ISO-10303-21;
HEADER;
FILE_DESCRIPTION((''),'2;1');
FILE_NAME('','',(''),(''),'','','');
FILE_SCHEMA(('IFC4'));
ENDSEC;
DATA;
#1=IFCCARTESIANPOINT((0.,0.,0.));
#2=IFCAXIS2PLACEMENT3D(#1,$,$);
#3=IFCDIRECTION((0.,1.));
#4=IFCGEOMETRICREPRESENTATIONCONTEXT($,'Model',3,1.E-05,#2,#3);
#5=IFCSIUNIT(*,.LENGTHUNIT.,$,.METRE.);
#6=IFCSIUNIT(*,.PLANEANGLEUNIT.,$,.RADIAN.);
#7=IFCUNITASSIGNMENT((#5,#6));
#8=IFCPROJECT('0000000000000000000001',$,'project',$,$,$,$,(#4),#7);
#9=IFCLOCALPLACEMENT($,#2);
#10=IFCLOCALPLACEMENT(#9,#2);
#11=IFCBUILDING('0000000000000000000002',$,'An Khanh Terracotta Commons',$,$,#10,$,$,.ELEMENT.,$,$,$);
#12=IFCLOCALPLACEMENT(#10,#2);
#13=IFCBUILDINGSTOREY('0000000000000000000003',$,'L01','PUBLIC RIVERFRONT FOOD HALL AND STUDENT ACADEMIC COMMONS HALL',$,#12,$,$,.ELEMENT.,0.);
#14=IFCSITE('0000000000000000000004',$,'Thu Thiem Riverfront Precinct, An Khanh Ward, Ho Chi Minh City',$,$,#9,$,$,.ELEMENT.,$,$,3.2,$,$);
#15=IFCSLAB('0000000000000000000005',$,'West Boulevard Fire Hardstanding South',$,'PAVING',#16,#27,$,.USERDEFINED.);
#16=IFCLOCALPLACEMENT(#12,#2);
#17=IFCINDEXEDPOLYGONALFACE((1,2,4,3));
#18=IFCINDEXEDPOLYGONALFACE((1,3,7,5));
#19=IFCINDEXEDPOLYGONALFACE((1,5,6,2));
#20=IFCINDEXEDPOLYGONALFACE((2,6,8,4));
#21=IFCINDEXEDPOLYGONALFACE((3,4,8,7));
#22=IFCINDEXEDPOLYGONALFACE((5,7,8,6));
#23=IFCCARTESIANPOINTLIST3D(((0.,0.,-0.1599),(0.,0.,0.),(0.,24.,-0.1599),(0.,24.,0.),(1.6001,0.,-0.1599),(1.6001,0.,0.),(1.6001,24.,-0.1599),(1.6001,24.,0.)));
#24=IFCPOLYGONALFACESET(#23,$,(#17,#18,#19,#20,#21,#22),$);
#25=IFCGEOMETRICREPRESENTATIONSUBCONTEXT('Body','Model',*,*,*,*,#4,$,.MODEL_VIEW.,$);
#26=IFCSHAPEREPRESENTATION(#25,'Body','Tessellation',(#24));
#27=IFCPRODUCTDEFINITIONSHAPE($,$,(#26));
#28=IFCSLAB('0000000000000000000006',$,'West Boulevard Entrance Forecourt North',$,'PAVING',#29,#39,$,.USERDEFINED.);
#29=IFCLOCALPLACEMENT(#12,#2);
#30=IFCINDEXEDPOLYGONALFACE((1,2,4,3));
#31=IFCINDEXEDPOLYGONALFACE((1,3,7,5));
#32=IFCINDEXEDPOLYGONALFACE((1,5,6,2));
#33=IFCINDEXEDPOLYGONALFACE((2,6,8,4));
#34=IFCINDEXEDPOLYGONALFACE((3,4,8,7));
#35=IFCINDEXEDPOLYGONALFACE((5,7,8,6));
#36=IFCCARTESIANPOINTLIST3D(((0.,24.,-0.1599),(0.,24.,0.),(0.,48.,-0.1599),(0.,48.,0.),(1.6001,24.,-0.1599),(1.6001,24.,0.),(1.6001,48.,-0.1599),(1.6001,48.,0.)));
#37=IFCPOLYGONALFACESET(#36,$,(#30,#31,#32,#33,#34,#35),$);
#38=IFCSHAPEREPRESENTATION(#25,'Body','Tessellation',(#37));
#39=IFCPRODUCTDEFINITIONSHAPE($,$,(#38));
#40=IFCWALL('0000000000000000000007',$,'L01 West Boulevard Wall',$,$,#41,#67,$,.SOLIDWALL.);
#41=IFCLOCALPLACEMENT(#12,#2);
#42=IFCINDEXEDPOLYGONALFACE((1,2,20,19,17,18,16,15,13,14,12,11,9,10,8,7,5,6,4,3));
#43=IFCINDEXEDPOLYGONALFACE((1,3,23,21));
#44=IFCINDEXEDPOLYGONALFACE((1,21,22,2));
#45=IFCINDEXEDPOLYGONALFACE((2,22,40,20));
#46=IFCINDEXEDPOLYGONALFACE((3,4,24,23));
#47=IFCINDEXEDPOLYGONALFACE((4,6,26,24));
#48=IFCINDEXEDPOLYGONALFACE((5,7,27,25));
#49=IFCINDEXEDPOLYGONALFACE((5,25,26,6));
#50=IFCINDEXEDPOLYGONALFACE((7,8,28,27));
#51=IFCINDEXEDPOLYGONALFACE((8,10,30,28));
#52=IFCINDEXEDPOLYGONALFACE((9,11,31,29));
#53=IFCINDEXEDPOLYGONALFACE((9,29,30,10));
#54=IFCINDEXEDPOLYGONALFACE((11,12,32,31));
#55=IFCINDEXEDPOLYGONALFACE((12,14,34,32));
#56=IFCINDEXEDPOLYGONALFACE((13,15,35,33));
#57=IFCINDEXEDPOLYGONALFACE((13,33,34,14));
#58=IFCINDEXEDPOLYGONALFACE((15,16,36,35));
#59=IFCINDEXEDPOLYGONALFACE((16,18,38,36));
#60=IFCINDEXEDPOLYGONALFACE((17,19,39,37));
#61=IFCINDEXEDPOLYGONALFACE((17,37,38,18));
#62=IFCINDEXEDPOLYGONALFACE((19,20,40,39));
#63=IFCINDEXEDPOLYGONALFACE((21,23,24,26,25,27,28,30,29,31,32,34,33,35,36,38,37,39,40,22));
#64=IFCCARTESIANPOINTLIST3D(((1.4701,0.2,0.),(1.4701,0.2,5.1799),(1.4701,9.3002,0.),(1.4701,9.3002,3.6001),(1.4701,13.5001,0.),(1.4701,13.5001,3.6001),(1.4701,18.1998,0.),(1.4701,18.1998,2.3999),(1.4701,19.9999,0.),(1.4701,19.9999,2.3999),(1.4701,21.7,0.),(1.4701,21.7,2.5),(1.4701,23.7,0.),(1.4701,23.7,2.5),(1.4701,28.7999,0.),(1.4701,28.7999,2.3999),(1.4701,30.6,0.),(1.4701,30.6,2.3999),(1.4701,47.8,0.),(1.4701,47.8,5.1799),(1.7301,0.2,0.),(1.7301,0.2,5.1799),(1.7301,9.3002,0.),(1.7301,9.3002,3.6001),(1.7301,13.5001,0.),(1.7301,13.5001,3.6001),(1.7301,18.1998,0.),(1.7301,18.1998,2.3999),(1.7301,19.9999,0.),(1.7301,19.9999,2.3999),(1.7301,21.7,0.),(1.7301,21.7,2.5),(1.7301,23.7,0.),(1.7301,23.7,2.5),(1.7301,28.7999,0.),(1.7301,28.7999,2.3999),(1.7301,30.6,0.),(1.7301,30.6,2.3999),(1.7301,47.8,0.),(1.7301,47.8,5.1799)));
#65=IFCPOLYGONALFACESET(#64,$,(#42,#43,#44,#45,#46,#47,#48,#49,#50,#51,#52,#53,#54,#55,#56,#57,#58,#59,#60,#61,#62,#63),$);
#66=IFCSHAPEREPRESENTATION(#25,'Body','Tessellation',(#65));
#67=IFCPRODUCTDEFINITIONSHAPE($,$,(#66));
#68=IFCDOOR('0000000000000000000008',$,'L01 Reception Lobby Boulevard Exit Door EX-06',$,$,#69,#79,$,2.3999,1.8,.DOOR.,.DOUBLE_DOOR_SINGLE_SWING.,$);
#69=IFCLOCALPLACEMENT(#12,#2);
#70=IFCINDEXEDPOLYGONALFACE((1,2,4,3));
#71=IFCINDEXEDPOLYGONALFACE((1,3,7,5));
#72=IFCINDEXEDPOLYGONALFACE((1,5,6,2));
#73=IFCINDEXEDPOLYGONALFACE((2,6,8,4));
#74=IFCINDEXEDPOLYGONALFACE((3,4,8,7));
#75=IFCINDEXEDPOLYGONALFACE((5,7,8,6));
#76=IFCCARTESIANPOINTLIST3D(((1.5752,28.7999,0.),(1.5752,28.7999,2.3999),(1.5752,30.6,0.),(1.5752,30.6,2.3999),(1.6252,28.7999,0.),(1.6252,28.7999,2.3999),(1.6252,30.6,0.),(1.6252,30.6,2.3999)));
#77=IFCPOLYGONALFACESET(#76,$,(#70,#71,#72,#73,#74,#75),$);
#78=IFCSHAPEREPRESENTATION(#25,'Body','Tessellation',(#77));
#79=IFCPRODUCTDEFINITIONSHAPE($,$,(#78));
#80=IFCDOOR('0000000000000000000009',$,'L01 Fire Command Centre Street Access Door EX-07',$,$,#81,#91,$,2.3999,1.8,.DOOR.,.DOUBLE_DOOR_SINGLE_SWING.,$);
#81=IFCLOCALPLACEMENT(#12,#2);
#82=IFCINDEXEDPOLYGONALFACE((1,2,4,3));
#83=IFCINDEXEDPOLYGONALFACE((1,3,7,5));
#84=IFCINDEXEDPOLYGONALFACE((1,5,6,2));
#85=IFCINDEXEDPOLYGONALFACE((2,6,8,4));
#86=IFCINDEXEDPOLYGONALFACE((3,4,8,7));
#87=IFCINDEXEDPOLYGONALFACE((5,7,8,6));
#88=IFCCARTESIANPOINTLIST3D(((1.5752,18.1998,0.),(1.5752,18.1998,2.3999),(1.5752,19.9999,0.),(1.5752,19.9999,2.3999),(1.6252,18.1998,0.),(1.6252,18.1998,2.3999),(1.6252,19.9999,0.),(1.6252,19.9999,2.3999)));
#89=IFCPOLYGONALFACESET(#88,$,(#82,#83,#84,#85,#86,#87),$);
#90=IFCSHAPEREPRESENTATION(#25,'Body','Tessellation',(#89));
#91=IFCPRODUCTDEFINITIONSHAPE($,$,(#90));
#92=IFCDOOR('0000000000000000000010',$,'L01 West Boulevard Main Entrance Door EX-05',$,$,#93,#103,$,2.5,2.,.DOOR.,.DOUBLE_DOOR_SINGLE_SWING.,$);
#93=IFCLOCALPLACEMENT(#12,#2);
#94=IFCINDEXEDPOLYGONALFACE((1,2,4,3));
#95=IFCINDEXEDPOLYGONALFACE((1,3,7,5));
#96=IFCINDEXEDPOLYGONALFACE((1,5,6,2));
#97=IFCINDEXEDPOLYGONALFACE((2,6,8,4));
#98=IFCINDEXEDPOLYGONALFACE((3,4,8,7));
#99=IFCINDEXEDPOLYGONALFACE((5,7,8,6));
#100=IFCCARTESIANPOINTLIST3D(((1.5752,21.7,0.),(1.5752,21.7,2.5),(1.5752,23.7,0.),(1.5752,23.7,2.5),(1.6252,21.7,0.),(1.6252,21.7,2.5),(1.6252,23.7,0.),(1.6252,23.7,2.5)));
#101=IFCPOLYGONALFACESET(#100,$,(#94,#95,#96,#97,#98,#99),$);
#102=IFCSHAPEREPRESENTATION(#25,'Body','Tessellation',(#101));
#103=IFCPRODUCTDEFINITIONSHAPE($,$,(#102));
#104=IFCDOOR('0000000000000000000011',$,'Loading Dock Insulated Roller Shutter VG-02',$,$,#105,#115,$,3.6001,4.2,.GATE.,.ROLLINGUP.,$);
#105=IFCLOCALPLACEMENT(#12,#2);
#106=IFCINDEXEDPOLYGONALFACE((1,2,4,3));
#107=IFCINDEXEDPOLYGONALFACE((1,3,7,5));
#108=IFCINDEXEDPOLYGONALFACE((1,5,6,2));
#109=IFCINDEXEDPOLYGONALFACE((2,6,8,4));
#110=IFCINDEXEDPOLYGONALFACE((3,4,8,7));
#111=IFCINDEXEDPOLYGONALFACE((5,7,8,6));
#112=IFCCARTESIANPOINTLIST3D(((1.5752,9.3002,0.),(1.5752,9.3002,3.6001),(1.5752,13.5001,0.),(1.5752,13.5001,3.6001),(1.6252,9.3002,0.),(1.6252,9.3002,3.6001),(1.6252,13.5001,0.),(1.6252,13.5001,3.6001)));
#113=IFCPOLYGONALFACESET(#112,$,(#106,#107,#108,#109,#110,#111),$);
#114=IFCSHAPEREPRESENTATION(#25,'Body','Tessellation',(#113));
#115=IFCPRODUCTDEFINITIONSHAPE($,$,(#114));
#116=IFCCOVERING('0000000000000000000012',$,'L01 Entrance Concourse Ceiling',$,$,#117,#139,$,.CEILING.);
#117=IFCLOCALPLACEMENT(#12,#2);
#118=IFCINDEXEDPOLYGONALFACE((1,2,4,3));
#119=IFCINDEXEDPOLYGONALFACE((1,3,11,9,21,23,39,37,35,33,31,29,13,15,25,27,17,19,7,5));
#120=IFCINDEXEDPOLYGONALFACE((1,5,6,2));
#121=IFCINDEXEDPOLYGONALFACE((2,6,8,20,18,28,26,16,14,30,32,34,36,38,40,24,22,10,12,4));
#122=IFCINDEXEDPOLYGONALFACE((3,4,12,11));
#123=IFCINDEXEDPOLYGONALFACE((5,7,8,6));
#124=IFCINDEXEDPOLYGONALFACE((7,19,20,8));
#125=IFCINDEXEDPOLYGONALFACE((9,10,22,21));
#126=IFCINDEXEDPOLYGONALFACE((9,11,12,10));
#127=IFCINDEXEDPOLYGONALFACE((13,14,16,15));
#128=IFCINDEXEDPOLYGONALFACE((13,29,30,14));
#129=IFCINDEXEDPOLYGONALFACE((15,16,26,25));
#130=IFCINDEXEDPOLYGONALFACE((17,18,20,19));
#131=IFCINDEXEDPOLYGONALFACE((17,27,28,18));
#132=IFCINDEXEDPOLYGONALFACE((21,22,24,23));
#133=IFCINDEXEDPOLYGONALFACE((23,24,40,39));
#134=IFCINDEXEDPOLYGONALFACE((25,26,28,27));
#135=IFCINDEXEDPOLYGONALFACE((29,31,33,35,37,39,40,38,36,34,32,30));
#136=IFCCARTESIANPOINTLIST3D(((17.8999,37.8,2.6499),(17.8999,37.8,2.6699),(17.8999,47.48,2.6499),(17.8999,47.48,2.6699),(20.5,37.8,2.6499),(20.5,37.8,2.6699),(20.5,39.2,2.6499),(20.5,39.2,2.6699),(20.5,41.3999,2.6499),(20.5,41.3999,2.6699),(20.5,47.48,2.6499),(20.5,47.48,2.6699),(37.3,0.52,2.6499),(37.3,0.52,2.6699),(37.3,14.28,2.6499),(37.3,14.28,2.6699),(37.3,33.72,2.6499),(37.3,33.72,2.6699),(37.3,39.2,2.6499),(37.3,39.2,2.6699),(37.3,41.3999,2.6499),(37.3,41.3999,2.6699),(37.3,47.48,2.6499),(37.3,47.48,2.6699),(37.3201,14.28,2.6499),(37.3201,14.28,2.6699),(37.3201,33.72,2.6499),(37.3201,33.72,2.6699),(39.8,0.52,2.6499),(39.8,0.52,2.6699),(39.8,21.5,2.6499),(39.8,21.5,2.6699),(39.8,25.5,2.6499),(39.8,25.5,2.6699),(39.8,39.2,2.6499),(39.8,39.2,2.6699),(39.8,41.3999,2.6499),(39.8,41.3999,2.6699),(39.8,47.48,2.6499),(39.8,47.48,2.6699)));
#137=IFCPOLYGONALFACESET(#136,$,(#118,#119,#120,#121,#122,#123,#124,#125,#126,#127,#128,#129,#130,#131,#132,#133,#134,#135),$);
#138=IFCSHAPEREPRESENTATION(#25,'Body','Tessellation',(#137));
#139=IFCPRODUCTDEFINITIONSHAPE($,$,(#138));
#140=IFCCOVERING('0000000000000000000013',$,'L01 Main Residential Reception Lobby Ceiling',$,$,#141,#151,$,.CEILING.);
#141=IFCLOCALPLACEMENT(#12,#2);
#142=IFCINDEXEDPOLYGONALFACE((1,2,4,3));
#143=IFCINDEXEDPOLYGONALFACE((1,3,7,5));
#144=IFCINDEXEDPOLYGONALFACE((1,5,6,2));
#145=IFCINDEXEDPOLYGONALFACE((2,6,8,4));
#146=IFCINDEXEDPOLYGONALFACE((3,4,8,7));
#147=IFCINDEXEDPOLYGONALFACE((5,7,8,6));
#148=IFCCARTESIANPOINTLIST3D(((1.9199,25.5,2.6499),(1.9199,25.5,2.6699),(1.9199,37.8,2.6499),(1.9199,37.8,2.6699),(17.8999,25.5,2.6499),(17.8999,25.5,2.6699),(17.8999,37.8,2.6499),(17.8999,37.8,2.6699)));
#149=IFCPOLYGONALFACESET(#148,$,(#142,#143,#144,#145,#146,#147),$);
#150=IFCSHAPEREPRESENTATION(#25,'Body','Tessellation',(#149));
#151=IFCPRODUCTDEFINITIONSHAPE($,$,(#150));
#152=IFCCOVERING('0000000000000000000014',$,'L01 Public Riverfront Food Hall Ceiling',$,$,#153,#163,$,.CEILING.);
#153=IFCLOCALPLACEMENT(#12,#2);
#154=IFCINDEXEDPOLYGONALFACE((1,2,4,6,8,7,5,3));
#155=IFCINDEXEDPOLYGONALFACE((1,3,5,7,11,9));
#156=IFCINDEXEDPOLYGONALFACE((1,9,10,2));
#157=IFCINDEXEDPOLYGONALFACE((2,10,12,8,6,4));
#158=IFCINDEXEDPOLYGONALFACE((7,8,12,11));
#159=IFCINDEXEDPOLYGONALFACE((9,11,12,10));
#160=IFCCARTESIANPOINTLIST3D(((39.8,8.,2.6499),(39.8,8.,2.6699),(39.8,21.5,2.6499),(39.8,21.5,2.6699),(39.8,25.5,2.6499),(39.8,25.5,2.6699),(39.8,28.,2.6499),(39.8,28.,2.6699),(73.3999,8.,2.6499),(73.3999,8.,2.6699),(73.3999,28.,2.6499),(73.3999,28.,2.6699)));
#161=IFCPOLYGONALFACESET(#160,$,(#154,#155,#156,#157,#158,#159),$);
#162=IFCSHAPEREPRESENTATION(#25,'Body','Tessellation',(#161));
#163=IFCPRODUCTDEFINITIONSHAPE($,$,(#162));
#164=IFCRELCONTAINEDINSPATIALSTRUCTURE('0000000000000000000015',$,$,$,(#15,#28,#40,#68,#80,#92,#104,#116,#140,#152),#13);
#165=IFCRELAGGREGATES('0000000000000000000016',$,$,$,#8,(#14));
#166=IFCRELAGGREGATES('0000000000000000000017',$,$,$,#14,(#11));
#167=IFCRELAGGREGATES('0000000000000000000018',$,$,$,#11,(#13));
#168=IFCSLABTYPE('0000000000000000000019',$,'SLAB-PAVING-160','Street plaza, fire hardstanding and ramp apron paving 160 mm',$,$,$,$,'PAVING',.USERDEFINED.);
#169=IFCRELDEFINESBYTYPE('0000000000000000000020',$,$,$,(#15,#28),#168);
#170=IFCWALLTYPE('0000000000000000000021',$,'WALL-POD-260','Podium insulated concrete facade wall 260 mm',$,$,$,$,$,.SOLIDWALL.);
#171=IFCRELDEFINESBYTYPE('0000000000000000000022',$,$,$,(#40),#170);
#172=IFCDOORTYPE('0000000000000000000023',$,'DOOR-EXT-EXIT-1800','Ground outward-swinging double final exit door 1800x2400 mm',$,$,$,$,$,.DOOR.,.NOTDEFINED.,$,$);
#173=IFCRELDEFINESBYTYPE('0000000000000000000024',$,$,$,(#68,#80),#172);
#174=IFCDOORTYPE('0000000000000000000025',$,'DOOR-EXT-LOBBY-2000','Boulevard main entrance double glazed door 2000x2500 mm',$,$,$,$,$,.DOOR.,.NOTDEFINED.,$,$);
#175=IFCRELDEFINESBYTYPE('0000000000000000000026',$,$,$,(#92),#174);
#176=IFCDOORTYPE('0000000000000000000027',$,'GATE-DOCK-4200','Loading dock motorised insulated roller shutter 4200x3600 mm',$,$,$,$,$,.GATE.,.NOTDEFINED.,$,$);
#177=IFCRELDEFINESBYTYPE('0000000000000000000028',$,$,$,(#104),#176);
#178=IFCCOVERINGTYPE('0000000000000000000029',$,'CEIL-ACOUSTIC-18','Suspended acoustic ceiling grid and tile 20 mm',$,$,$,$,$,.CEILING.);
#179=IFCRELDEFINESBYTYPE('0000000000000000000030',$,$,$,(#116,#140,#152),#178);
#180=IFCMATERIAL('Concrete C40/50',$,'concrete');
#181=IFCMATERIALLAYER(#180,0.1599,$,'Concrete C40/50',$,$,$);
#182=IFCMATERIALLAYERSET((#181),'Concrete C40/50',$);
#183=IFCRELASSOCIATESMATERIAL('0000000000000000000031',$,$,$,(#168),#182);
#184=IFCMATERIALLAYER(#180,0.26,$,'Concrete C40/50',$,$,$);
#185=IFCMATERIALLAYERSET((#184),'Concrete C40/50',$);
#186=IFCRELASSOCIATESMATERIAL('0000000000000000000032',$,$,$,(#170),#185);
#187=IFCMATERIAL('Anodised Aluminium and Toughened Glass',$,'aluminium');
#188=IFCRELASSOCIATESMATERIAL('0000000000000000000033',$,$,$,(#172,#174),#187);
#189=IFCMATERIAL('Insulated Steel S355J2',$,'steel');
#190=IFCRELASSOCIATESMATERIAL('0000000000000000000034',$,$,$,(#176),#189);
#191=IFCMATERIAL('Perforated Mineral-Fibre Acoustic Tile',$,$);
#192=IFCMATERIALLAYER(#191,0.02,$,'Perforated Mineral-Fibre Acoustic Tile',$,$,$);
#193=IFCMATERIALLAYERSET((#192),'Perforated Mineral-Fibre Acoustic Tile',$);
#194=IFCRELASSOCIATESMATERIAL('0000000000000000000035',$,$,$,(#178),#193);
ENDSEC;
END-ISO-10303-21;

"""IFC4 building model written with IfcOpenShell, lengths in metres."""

from ifc_helpers import new_model, si_unit, direction, frame, frame_2d, origin, place, context, subcontext, project, spatial, polyline, rectangle, outline, extrude, material, layer, layer_set, type_object, element, fill, save


model = new_model("IFC4")

# Units and contexts
model_context = context("Model", 3, precision=1e-05, world=origin(), true_north=direction((0.0, 1.0)))
body_context = subcontext(model_context, "Body", "Model", "MODEL_VIEW")
ifc_project = project(units=[si_unit("LENGTHUNIT", "METRE"), si_unit("PLANEANGLEUNIT", "RADIAN")], contexts=[model_context])

# Site, building, storey
site_placement = place(None, origin())
site = spatial("IfcSite", under=ifc_project, at=site_placement, Name="Thu Thiem Riverfront Precinct, An Khanh Ward, Ho Chi Minh City", CompositionType="ELEMENT", RefElevation=3.2)
building_placement = place(site_placement, origin())
building = spatial("IfcBuilding", under=site, at=building_placement, Name="An Khanh Terracotta Commons", CompositionType="ELEMENT")
storey_placement = place(building_placement, origin())
storey = spatial("IfcBuildingStorey", under=building, at=storey_placement, Name="L01", Description="PUBLIC RIVERFRONT FOOD HALL AND STUDENT ACADEMIC COMMONS HALL", CompositionType="ELEMENT", Elevation=0.0)

# Shared definitions
ifc_material_1 = material(Name="Concrete C40/50", Category="concrete")

# Slabs
ifc_layer_1 = layer(ifc_material_1, 0.1599, Name="Concrete C40/50")
ifc_layer_set_1 = layer_set([ifc_layer_1], Name="Concrete C40/50")
slab_type_1 = type_object("IfcSlabType", Name="SLAB-PAVING-160", Description="Street plaza, fire hardstanding and ramp apron paving 160 mm", ElementType="PAVING", PredefinedType="USERDEFINED", material=ifc_layer_set_1)
slab_1_placement = place(storey_placement, frame((0.0, 0.0, -0.1599)))
element("IfcSlab", 1, at=slab_1_placement, inside=storey, type_object=slab_type_1, Name="West Boulevard Fire Hardstanding South", ObjectType="PAVING", PredefinedType="USERDEFINED", context=body_context, shape_type="SweptSolid", body=[
    extrude(outline(polyline([(0.0, 0.0), (1.6001, 0.0), (1.6001, 24.0), (0.0, 24.0), (0.0, 0.0)])), origin(), (0.0, 0.0, 1.0), 0.1599),
])
slab_2_placement = place(storey_placement, frame((0.0, 0.0, -0.1599)))
element("IfcSlab", 2, at=slab_2_placement, inside=storey, type_object=slab_type_1, Name="West Boulevard Entrance Forecourt North", ObjectType="PAVING", PredefinedType="USERDEFINED", context=body_context, shape_type="SweptSolid", body=[
    extrude(outline(polyline([(0.0, 24.0), (1.6001, 24.0), (1.6001, 48.0), (0.0, 48.0), (0.0, 24.0)])), origin(), (0.0, 0.0, 1.0), 0.1599),
])

# Wall, openings, doors
ifc_layer_2 = layer(ifc_material_1, 0.26, Name="Concrete C40/50")
ifc_layer_set_2 = layer_set([ifc_layer_2], Name="Concrete C40/50")
wall_type = type_object("IfcWallType", Name="WALL-POD-260", Description="Podium insulated concrete facade wall 260 mm", PredefinedType="SOLIDWALL", material=ifc_layer_set_2)
wall_placement = place(storey_placement, frame((1.6001, 0.2, 0.0), z_axis=(0.0, 0.0, 1.0), x_axis=(0.0, 1.0, 0.0)))
wall = element("IfcWall", 3, at=wall_placement, inside=storey, type_object=wall_type, Name="L01 West Boulevard Wall", PredefinedType="SOLIDWALL", context=body_context, shape_type="SweptSolid", body=[
    extrude(rectangle(XDim=47.6001, YDim=0.26, at=frame_2d((23.8, 0.0))), origin(), (0.0, 0.0, 1.0), 5.1799),
])
opening_1_placement = place(wall_placement, frame((9.1001, 0.0, 0.0)))
opening_1 = element("IfcOpeningElement", 4, at=opening_1_placement, cuts=wall, PredefinedType="OPENING", context=body_context, shape_type="SweptSolid", body=[
    extrude(rectangle(XDim=4.2, YDim=3.6001, at=frame_2d((2.1001, 1.8))), frame((0.0, 0.1399, 0.0), z_axis=(0.0, -1.0, 0.0), x_axis=(1.0, 0.0, 0.0)), (0.0, 0.0, 1.0), 0.28),
])
opening_2_placement = place(wall_placement, frame((21.5, 0.0, 0.0)))
opening_2 = element("IfcOpeningElement", 5, at=opening_2_placement, cuts=wall, PredefinedType="OPENING", context=body_context, shape_type="SweptSolid", body=[
    extrude(rectangle(XDim=2.0, YDim=2.5, at=frame_2d((1.0, 1.25))), frame((0.0, 0.1399, 0.0), z_axis=(0.0, -1.0, 0.0), x_axis=(1.0, 0.0, 0.0)), (0.0, 0.0, 1.0), 0.28),
])
opening_3_placement = place(wall_placement, frame((28.6001, 0.0, 0.0)))
opening_3 = element("IfcOpeningElement", 6, at=opening_3_placement, cuts=wall, PredefinedType="OPENING", context=body_context, shape_type="SweptSolid", body=[
    extrude(rectangle(XDim=1.8, YDim=2.3999, at=frame_2d((0.8999, 1.2))), frame((0.0, 0.1399, 0.0), z_axis=(0.0, -1.0, 0.0), x_axis=(1.0, 0.0, 0.0)), (0.0, 0.0, 1.0), 0.28),
])
opening_4_placement = place(wall_placement, frame((18.0, 0.0, 0.0)))
opening_4 = element("IfcOpeningElement", 7, at=opening_4_placement, cuts=wall, PredefinedType="OPENING", context=body_context, shape_type="SweptSolid", body=[
    extrude(rectangle(XDim=1.8, YDim=2.3999, at=frame_2d((0.8999, 1.2))), frame((0.0, 0.1399, 0.0), z_axis=(0.0, -1.0, 0.0), x_axis=(1.0, 0.0, 0.0)), (0.0, 0.0, 1.0), 0.28),
])
ifc_material_2 = material(Name="Anodised Aluminium and Toughened Glass", Category="aluminium")
door_type_1 = type_object("IfcDoorType", Name="DOOR-EXT-EXIT-1800", Description="Ground outward-swinging double final exit door 1800x2400 mm", OperationType="NOTDEFINED", PredefinedType="DOOR", material=ifc_material_2)
door_1_placement = place(opening_3_placement, origin())
door_1 = element("IfcDoor", 8, at=door_1_placement, inside=storey, type_object=door_type_1, Name="L01 Reception Lobby Boulevard Exit Door EX-06", OperationType="DOUBLE_DOOR_SINGLE_SWING", OverallHeight=2.3999, OverallWidth=1.8, PredefinedType="DOOR", context=body_context, shape_type="SweptSolid", body=[
    extrude(rectangle(XDim=1.8, YDim=2.3999, at=frame_2d((0.8999, 1.2))), frame((0.0, 0.0249, 0.0), z_axis=(0.0, -1.0, 0.0), x_axis=(1.0, 0.0, 0.0)), (0.0, 0.0, 1.0), 0.05),
])
fill(opening_3, door_1)
door_2_placement = place(opening_4_placement, origin())
door_2 = element("IfcDoor", 9, at=door_2_placement, inside=storey, type_object=door_type_1, Name="L01 Fire Command Centre Street Access Door EX-07", OperationType="DOUBLE_DOOR_SINGLE_SWING", OverallHeight=2.3999, OverallWidth=1.8, PredefinedType="DOOR", context=body_context, shape_type="SweptSolid", body=[
    extrude(rectangle(XDim=1.8, YDim=2.3999, at=frame_2d((0.8999, 1.2))), frame((0.0, 0.0249, 0.0), z_axis=(0.0, -1.0, 0.0), x_axis=(1.0, 0.0, 0.0)), (0.0, 0.0, 1.0), 0.05),
])
fill(opening_4, door_2)
door_type_2 = type_object("IfcDoorType", Name="DOOR-EXT-LOBBY-2000", Description="Boulevard main entrance double glazed door 2000x2500 mm", OperationType="NOTDEFINED", PredefinedType="DOOR", material=ifc_material_2)
door_3_placement = place(opening_2_placement, origin())
door_3 = element("IfcDoor", 10, at=door_3_placement, inside=storey, type_object=door_type_2, Name="L01 West Boulevard Main Entrance Door EX-05", OperationType="DOUBLE_DOOR_SINGLE_SWING", OverallHeight=2.5, OverallWidth=2.0, PredefinedType="DOOR", context=body_context, shape_type="SweptSolid", body=[
    extrude(rectangle(XDim=2.0, YDim=2.5, at=frame_2d((1.0, 1.25))), frame((0.0, 0.0249, 0.0), z_axis=(0.0, -1.0, 0.0), x_axis=(1.0, 0.0, 0.0)), (0.0, 0.0, 1.0), 0.05),
])
fill(opening_2, door_3)
ifc_material_3 = material(Name="Insulated Steel S355J2", Category="steel")
door_type_3 = type_object("IfcDoorType", Name="GATE-DOCK-4200", Description="Loading dock motorised insulated roller shutter 4200x3600 mm", OperationType="NOTDEFINED", PredefinedType="GATE", material=ifc_material_3)
door_4_placement = place(opening_1_placement, origin())
door_4 = element("IfcDoor", 11, at=door_4_placement, inside=storey, type_object=door_type_3, Name="Loading Dock Insulated Roller Shutter VG-02", OperationType="ROLLINGUP", OverallHeight=3.6001, OverallWidth=4.2, PredefinedType="GATE", context=body_context, shape_type="SweptSolid", body=[
    extrude(rectangle(XDim=4.2, YDim=3.6001, at=frame_2d((2.1001, 1.8))), frame((0.0, 0.0249, 0.0), z_axis=(0.0, -1.0, 0.0), x_axis=(1.0, 0.0, 0.0)), (0.0, 0.0, 1.0), 0.05),
])
fill(opening_1, door_4)

# Coverings
ifc_material_4 = material(Name="Perforated Mineral-Fibre Acoustic Tile")
ifc_layer_3 = layer(ifc_material_4, 0.02, Name="Perforated Mineral-Fibre Acoustic Tile")
ifc_layer_set_3 = layer_set([ifc_layer_3], Name="Perforated Mineral-Fibre Acoustic Tile")
covering_type = type_object("IfcCoveringType", Name="CEIL-ACOUSTIC-18", Description="Suspended acoustic ceiling grid and tile 20 mm", PredefinedType="CEILING", material=ifc_layer_set_3)
covering_1_placement = place(storey_placement, frame((0.0, 0.0, 2.6499)))
element("IfcCovering", 12, at=covering_1_placement, inside=storey, type_object=covering_type, Name="L01 Entrance Concourse Ceiling", PredefinedType="CEILING", context=body_context, shape_type="SweptSolid", body=[
    extrude(outline(polyline([(37.3, 39.2), (20.5, 39.2), (20.5, 37.8), (17.8999, 37.8), (17.8999, 47.48), (20.5, 47.48), (20.5, 41.3999), (37.3, 41.3999), (37.3, 47.48), (39.8, 47.48), (39.8, 41.3999), (39.8, 39.2), (39.8, 25.5), (39.8, 21.5), (39.8, 0.52), (37.3, 0.52), (37.3, 14.28), (37.3201, 14.28), (37.3201, 33.72), (37.3, 33.72), (37.3, 39.2)])), origin(), (0.0, 0.0, 1.0), 0.02),
])
covering_2_placement = place(storey_placement, frame((0.0, 0.0, 2.6499)))
element("IfcCovering", 13, at=covering_2_placement, inside=storey, type_object=covering_type, Name="L01 Main Residential Reception Lobby Ceiling", PredefinedType="CEILING", context=body_context, shape_type="SweptSolid", body=[
    extrude(outline(polyline([(1.9199, 25.5), (1.9199, 37.8), (17.8999, 37.8), (17.8999, 25.5), (1.9199, 25.5)])), origin(), (0.0, 0.0, 1.0), 0.02),
])
covering_3_placement = place(storey_placement, frame((0.0, 0.0, 2.6499)))
element("IfcCovering", 14, at=covering_3_placement, inside=storey, type_object=covering_type, Name="L01 Public Riverfront Food Hall Ceiling", PredefinedType="CEILING", context=body_context, shape_type="SweptSolid", body=[
    extrude(outline(polyline([(39.8, 21.5), (39.8, 25.5), (39.8, 28.0), (73.3999, 28.0), (73.3999, 8.0), (39.8, 8.0), (39.8, 21.5)])), origin(), (0.0, 0.0, 1.0), 0.02),
])

save(model, "model.ifc")
